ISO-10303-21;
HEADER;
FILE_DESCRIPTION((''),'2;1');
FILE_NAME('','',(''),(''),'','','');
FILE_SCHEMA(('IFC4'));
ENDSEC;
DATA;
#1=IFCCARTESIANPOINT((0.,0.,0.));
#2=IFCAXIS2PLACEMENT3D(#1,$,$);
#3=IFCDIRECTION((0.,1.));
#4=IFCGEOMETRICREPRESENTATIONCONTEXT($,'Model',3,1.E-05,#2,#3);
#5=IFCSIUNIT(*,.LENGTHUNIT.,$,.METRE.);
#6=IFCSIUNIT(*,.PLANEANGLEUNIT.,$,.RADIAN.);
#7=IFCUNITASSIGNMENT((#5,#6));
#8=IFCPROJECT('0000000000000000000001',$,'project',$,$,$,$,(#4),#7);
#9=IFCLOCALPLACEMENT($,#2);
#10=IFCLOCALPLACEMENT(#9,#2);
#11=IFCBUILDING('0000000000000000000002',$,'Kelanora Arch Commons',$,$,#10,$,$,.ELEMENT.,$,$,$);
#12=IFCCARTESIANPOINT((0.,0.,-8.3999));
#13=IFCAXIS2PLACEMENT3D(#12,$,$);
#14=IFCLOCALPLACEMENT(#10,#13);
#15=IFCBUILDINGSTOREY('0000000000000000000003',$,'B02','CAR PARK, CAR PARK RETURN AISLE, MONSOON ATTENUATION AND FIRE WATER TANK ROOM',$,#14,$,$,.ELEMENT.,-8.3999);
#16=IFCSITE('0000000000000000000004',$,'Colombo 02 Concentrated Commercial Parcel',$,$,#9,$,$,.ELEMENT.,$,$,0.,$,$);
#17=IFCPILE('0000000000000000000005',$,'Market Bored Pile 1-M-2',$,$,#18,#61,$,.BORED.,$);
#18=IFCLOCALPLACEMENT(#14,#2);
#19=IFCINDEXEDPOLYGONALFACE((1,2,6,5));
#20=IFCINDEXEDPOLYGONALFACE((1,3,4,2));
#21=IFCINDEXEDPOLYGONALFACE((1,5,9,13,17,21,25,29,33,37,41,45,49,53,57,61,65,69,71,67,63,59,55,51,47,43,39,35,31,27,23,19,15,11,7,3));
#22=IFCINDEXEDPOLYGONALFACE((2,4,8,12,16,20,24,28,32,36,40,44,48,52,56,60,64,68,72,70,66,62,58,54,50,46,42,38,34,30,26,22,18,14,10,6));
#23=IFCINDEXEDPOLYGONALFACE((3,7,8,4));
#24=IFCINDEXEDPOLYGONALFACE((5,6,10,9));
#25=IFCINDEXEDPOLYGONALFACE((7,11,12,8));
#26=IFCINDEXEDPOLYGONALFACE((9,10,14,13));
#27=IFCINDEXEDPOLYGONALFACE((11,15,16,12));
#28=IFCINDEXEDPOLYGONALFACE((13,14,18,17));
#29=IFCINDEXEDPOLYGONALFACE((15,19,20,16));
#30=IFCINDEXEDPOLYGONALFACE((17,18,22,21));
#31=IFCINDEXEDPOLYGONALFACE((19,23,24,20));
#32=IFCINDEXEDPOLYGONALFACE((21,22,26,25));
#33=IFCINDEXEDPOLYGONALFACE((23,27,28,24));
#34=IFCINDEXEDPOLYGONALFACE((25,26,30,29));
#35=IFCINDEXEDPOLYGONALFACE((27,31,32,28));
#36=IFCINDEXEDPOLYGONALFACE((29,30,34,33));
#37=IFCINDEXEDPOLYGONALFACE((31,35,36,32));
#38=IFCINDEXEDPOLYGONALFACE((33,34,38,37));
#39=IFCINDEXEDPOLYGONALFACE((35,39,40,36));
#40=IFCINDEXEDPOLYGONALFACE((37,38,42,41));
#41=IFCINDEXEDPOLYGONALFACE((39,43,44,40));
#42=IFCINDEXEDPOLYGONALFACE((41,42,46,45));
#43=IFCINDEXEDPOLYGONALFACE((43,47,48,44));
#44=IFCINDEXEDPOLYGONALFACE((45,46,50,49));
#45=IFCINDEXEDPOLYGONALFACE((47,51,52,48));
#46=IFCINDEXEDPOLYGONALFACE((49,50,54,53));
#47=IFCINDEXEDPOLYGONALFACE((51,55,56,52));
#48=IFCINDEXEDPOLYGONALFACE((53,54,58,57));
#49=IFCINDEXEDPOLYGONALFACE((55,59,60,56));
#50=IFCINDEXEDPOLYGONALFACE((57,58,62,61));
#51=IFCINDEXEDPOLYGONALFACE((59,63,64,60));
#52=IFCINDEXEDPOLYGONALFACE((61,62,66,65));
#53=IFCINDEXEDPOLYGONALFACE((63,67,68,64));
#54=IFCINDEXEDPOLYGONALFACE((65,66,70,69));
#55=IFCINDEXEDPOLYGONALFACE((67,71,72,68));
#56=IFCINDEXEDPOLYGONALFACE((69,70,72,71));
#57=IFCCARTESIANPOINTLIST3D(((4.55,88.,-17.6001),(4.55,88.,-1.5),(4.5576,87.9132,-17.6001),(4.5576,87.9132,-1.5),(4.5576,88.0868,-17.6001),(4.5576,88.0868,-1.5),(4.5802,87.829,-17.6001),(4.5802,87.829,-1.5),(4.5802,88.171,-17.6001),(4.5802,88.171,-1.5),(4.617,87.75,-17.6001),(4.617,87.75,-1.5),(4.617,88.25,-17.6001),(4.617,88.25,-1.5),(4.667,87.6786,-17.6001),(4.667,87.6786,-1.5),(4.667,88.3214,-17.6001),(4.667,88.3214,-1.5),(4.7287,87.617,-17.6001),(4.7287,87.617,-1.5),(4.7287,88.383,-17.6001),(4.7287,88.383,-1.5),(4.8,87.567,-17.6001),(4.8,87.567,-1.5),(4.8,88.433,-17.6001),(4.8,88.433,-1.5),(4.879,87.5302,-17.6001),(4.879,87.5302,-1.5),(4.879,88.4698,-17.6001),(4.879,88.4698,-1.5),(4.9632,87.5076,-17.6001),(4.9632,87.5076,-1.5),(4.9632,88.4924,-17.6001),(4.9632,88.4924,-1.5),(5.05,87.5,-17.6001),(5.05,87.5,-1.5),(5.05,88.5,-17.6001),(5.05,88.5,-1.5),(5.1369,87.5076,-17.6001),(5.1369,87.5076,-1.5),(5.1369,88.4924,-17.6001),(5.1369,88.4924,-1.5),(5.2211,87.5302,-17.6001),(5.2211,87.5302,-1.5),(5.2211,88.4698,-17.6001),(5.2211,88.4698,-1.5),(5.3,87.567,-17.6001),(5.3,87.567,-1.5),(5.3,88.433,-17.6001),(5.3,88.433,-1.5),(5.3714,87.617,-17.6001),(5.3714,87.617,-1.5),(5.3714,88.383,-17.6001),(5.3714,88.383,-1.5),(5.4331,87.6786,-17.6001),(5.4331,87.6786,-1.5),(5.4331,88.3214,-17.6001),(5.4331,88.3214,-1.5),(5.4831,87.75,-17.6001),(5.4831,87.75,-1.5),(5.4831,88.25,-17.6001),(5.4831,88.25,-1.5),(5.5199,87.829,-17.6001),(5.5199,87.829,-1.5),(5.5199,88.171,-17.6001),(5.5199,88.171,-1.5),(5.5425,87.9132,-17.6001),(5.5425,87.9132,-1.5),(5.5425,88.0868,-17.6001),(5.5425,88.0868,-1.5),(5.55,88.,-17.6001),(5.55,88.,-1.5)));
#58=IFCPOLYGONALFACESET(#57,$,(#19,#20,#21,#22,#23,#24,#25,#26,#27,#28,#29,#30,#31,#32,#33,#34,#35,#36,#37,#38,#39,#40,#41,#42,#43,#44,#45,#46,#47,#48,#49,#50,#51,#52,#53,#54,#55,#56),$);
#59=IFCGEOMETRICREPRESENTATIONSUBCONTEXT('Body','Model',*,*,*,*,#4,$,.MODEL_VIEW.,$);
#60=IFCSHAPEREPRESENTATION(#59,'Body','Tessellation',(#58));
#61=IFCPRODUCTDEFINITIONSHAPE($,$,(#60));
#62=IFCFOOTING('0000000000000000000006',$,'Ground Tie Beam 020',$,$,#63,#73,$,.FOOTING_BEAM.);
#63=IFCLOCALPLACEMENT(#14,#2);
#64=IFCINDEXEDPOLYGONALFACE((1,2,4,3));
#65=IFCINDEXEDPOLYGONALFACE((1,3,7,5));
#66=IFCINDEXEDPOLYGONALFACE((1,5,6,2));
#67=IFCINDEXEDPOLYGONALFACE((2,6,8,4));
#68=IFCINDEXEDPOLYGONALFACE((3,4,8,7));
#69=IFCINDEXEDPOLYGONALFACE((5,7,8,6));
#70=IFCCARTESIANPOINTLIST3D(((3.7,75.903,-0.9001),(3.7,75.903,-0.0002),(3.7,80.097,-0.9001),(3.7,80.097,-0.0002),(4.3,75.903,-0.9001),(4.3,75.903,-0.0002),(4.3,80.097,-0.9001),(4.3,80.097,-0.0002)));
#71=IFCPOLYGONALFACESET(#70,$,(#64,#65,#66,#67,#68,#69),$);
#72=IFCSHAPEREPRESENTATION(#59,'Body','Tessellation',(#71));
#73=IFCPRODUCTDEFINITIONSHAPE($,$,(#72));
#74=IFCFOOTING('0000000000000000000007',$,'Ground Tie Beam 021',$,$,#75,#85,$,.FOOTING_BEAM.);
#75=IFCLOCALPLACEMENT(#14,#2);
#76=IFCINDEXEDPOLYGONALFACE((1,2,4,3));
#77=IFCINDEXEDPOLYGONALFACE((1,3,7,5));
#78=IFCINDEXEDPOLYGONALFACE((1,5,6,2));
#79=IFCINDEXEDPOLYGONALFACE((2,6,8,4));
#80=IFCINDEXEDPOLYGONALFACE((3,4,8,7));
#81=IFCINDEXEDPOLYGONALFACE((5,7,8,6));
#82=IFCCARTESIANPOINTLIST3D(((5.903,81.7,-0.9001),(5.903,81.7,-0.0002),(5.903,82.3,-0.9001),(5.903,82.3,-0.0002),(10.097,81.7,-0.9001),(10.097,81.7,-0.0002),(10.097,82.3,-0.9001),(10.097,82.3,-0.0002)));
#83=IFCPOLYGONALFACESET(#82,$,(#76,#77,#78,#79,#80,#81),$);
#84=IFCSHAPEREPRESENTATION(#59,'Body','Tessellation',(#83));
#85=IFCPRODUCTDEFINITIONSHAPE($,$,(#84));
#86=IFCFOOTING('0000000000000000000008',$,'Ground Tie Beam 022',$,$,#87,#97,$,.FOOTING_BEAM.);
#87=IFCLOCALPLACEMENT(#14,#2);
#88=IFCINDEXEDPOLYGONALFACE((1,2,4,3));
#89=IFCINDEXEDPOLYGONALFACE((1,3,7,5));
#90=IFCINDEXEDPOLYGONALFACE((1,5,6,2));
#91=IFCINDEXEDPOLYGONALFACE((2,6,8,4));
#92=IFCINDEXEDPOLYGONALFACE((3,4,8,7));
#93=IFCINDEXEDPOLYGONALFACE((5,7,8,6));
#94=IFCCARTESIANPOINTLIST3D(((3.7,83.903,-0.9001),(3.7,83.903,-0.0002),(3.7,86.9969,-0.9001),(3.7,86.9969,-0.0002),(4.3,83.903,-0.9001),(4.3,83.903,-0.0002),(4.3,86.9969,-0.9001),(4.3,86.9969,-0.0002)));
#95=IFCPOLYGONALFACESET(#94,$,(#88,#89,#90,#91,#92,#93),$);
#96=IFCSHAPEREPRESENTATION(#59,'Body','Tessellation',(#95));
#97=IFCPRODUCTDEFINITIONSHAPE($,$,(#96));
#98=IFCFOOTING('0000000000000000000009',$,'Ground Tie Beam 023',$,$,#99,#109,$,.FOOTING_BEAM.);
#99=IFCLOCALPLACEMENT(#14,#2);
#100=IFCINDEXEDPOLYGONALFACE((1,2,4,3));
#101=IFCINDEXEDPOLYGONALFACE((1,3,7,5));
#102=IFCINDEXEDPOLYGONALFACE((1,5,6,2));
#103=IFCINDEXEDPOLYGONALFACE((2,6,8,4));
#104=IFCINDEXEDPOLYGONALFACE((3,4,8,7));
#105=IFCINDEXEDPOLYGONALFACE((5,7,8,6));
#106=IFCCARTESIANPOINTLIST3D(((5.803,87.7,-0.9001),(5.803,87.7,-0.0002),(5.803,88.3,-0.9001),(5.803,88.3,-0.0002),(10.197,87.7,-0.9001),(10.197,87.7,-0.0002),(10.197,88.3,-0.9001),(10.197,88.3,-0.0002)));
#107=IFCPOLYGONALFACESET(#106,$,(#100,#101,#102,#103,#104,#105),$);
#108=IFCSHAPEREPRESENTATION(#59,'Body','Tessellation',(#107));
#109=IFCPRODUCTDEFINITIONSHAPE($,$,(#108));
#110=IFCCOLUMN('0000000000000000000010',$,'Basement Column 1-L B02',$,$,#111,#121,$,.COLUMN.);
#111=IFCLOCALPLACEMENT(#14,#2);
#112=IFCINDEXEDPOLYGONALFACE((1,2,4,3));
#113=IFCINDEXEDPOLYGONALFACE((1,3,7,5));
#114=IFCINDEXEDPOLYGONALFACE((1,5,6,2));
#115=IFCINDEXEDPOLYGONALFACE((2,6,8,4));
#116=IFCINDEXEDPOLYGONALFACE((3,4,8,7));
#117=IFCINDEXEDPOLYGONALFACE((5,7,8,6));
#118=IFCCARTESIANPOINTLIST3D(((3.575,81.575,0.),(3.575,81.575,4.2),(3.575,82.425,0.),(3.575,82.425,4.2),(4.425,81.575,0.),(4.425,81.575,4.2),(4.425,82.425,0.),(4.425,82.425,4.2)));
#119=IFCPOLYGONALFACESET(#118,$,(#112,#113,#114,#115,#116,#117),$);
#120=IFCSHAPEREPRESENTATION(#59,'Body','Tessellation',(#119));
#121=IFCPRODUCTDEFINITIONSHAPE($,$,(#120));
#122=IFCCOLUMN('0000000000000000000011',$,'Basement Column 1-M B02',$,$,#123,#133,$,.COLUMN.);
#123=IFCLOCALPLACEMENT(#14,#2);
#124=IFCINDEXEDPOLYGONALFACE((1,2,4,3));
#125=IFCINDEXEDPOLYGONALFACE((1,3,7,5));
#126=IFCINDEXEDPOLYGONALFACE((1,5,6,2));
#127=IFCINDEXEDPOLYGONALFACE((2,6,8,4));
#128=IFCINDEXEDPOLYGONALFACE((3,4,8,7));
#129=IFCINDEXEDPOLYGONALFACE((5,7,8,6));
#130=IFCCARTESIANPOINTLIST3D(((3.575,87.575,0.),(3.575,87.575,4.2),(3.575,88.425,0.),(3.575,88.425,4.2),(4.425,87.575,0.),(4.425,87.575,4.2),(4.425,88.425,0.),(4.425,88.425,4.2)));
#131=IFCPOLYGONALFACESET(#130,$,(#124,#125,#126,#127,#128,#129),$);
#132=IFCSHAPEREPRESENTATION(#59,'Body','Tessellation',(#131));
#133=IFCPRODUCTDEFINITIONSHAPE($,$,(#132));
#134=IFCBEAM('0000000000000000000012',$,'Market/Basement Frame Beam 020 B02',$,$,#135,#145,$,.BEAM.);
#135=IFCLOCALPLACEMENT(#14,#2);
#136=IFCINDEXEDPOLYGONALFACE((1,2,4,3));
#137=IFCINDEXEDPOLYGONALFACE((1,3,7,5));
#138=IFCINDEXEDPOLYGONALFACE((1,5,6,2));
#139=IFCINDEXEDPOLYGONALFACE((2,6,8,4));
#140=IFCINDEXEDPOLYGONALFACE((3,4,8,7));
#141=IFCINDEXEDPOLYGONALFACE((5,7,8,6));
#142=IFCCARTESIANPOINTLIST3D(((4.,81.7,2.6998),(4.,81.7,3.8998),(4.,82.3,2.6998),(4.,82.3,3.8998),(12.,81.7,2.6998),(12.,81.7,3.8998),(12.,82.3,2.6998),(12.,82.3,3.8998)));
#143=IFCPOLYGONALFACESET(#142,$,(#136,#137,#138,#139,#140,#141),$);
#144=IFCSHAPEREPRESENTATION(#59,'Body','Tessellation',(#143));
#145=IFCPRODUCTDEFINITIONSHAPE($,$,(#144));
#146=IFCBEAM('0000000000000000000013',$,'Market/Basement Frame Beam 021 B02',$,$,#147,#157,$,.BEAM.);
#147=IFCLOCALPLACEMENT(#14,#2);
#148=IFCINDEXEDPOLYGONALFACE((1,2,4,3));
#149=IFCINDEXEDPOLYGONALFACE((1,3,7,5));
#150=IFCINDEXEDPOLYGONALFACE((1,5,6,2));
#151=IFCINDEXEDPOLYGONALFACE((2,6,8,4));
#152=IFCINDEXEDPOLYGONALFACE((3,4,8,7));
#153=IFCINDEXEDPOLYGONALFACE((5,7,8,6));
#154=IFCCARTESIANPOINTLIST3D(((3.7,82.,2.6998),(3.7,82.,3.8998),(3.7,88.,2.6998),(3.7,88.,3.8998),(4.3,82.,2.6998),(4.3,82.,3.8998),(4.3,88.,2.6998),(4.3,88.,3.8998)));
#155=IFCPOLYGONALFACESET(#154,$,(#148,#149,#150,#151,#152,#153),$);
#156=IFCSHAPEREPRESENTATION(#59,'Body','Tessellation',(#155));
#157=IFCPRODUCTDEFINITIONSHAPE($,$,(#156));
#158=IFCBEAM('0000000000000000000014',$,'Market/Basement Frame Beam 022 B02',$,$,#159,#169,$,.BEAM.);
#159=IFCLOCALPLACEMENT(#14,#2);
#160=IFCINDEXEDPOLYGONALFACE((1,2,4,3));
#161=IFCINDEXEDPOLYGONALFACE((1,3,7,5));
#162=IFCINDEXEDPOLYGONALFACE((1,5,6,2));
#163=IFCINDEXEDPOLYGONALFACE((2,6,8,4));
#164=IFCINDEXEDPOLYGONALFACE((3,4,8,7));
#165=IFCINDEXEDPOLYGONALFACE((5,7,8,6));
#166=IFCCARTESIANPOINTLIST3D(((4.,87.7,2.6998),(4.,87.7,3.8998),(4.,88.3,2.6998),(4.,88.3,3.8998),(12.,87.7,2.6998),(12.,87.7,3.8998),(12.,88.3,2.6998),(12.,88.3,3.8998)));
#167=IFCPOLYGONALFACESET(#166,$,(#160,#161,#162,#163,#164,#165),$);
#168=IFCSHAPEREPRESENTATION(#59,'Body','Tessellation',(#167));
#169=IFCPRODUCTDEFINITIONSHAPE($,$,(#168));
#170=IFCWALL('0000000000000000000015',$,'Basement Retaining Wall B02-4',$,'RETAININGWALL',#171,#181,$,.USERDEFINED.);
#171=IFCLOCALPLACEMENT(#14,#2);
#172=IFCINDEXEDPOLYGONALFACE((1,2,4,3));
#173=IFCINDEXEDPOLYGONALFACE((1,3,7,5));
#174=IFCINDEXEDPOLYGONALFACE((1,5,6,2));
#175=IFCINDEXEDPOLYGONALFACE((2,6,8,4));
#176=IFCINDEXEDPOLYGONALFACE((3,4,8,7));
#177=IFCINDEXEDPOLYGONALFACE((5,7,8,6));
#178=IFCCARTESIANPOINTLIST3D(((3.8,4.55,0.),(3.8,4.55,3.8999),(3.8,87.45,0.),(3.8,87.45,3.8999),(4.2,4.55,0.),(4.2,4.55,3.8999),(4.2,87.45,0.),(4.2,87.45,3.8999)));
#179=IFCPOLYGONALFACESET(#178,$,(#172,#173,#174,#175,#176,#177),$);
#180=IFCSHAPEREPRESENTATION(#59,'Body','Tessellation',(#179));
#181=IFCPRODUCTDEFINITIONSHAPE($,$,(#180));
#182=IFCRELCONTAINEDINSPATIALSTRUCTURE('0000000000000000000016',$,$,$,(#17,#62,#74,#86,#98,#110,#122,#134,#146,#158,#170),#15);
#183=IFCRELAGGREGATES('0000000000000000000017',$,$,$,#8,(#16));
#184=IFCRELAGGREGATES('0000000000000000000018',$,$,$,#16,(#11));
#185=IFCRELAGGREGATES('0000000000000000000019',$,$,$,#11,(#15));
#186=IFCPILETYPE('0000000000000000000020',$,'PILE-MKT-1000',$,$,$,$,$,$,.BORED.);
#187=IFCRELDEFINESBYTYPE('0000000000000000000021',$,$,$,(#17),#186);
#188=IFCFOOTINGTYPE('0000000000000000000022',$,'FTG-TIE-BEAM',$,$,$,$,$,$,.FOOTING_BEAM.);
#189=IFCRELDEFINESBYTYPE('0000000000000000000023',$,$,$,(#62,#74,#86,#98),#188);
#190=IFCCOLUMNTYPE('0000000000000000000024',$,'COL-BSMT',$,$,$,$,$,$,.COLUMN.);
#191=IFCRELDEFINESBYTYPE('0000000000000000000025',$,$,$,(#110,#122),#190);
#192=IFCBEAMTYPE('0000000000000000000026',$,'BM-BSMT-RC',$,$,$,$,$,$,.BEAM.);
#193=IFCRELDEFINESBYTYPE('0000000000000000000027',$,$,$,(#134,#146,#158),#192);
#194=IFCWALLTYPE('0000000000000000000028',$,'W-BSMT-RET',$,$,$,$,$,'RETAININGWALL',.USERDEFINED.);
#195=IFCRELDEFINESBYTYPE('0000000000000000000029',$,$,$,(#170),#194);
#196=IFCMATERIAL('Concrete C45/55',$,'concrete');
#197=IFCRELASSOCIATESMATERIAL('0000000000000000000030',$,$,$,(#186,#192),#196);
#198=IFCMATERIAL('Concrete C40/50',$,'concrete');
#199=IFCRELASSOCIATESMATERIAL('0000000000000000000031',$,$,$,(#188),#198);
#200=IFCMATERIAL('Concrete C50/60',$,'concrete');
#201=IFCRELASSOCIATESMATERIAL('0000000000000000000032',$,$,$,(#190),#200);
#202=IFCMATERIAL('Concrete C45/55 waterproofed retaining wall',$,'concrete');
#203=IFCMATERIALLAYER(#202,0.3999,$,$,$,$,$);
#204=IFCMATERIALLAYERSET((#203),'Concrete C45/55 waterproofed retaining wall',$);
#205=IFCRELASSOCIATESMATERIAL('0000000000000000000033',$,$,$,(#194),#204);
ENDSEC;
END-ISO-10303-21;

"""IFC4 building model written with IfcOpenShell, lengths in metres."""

from ifc_helpers import new_model, si_unit, direction, frame, frame_2d, origin, origin_2d, place, context, subcontext, project, spatial, rectangle, circle, extrude, source, transform, mapped, material, layer, layer_set, material_profile, profile_set, type_object, element, save


model = new_model("IFC4")

# Units and contexts
model_context = context("Model", 3, precision=1e-05, world=origin(), true_north=direction((0.0, 1.0)))
body_context = subcontext(model_context, "Body", "Model", "MODEL_VIEW")
ifc_project = project(units=[si_unit("LENGTHUNIT", "METRE"), si_unit("PLANEANGLEUNIT", "RADIAN")], contexts=[model_context])

# Site, building, storey
site_placement = place(None, origin())
site = spatial("IfcSite", under=ifc_project, at=site_placement, Name="Colombo 02 Concentrated Commercial Parcel", CompositionType="ELEMENT", RefElevation=0.0)
building_placement = place(site_placement, origin())
building = spatial("IfcBuilding", under=site, at=building_placement, Name="Kelanora Arch Commons", CompositionType="ELEMENT")
storey_placement = place(building_placement, frame((0.0, 0.0, -8.3999)))
storey = spatial("IfcBuildingStorey", under=building, at=storey_placement, Name="B02", Description="CAR PARK, CAR PARK RETURN AISLE, MONSOON ATTENUATION AND FIRE WATER TANK ROOM", CompositionType="ELEMENT", Elevation=-8.3999)

# Shared definitions
ifc_material_1 = material(Name="Concrete C40/50", Category="concrete")

# Shared definitions
ifc_material_2 = material(Name="Concrete C45/55", Category="concrete")
ifc_material_profile_1 = material_profile(ifc_material_2, circle(Radius=0.5, at=origin_2d()), Name="PILE1000")
ifc_profile_set_1 = profile_set([ifc_material_profile_1], Name="Concrete C45/55")
pile_type = type_object("IfcPileType", Name="PILE-MKT-1000", PredefinedType="BORED", material=ifc_profile_set_1)

# Pile
shared_shape_1 = source(origin(), body_context, "Body", "SweptSolid", [
    extrude(circle(Radius=0.5, at=origin_2d()), origin(), (0.0, 0.0, 1.0), 16.1001),
])
for number, where, z_axis, x_axis, name in (
    (1, (5.05, 88.0, -1.5), (0.0, 0.0, -1.0), (1.0, 0.0, 0.0), "Market Bored Pile 1-M-2"),
):
    element("IfcPile", number, at=place(storey_placement, frame(where, z_axis=z_axis, x_axis=x_axis)), inside=storey, type_object=pile_type, Name=name, PredefinedType="BORED", context=body_context, shape_type="MappedRepresentation", body=[
        mapped(shared_shape_1, transform((0.0, 0.0, 0.0), scale=1.0)),
    ])

# Footings
footing_type_1 = type_object("IfcFootingType", Name="FTG-TIE-BEAM", PredefinedType="FOOTING_BEAM", material=ifc_material_1)
shared_shape_2 = source(origin(), body_context, "Body", "SweptSolid", [
    extrude(rectangle(XDim=4.1941, YDim=0.6001, at=origin_2d()), origin(), (0.0, 0.0, 1.0), 0.8999),
])
for number, where, z_axis, x_axis, name in (
    (2, (4.0, 78.0, -0.9001), (0.0, 0.0, 1.0), (0.0, 1.0, 0.0), "Ground Tie Beam 020"),
    (3, (8.0, 82.0, -0.9001), (0.0, 0.0, 1.0), (1.0, 0.0, 0.0), "Ground Tie Beam 021"),
):
    element("IfcFooting", number, at=place(storey_placement, frame(where, z_axis=z_axis, x_axis=x_axis)), inside=storey, type_object=footing_type_1, Name=name, PredefinedType="FOOTING_BEAM", context=body_context, shape_type="MappedRepresentation", body=[
        mapped(shared_shape_2, transform((0.0, 0.0, 0.0), scale=1.0)),
    ])
shared_shape_3 = source(origin(), body_context, "Body", "SweptSolid", [
    extrude(rectangle(XDim=3.094, YDim=0.6001, at=origin_2d()), origin(), (0.0, 0.0, 1.0), 0.8999),
])
footing_1_placement = place(storey_placement, frame((4.0, 85.45, -0.9001), z_axis=(0.0, 0.0, 1.0), x_axis=(0.0, 1.0, 0.0)))
element("IfcFooting", 4, at=footing_1_placement, inside=storey, type_object=footing_type_1, Name="Ground Tie Beam 022", PredefinedType="FOOTING_BEAM", context=body_context, shape_type="MappedRepresentation", body=[
    mapped(shared_shape_3, transform((0.0, 0.0, 0.0), scale=1.0)),
])
shared_shape_4 = source(origin(), body_context, "Body", "SweptSolid", [
    extrude(rectangle(XDim=4.394, YDim=0.6001, at=origin_2d()), origin(), (0.0, 0.0, 1.0), 0.8999),
])
footing_2_placement = place(storey_placement, frame((8.0, 88.0, -0.9001), z_axis=(0.0, 0.0, 1.0), x_axis=(1.0, 0.0, 0.0)))
element("IfcFooting", 5, at=footing_2_placement, inside=storey, type_object=footing_type_1, Name="Ground Tie Beam 023", PredefinedType="FOOTING_BEAM", context=body_context, shape_type="MappedRepresentation", body=[
    mapped(shared_shape_4, transform((0.0, 0.0, 0.0), scale=1.0)),
])

# Columns
ifc_material_3 = material(Name="Concrete C50/60", Category="concrete")
ifc_material_profile_2 = material_profile(ifc_material_3, rectangle(XDim=0.8501, YDim=0.8501, at=origin_2d()), Name="RC850x850")
ifc_profile_set_2 = profile_set([ifc_material_profile_2], Name="Concrete C50/60")
column_type = type_object("IfcColumnType", Name="COL-BSMT", PredefinedType="COLUMN", material=ifc_profile_set_2)
for number, where, z_axis, x_axis, name in (
    (6, (4.0, 82.0, 0.0), (0.0, 0.0, 1.0), (1.0, 0.0, 0.0), "Basement Column 1-L B02"),
    (7, (4.0, 88.0, 0.0), (0.0, 0.0, 1.0), (1.0, 0.0, 0.0), "Basement Column 1-M B02"),
):
    element("IfcColumn", number, at=place(storey_placement, frame(where, z_axis=z_axis, x_axis=x_axis)), inside=storey, type_object=column_type, Name=name, PredefinedType="COLUMN", context=body_context, shape_type="SweptSolid", body=[
        extrude(rectangle(XDim=0.8501, YDim=0.8501, at=origin_2d()), origin(), (0.0, 0.0, 1.0), 4.2),
    ])

# Beams
ifc_material_profile_3 = material_profile(ifc_material_2, rectangle(XDim=0.6001, YDim=1.2, at=origin_2d()), Name="RCB600x1200")
ifc_profile_set_3 = profile_set([ifc_material_profile_3], Name="Concrete C45/55")
beam_type = type_object("IfcBeamType", Name="BM-BSMT-RC", PredefinedType="BEAM", material=ifc_profile_set_3)
beam_1_placement = place(storey_placement, frame((4.0, 82.0, 3.2998), z_axis=(1.0, 0.0, 0.0), x_axis=(0.0, 1.0, 0.0)))
element("IfcBeam", 8, at=beam_1_placement, inside=storey, type_object=beam_type, Name="Market/Basement Frame Beam 020 B02", PredefinedType="BEAM", context=body_context, shape_type="SweptSolid", body=[
    extrude(rectangle(XDim=0.6001, YDim=1.2, at=origin_2d()), origin(), (0.0, 0.0, 1.0), 8.0),
])
beam_2_placement = place(storey_placement, frame((4.0, 82.0, 3.2998), z_axis=(0.0, 1.0, 0.0), x_axis=(-1.0, 0.0, 0.0)))
element("IfcBeam", 9, at=beam_2_placement, inside=storey, type_object=beam_type, Name="Market/Basement Frame Beam 021 B02", PredefinedType="BEAM", context=body_context, shape_type="SweptSolid", body=[
    extrude(rectangle(XDim=0.6001, YDim=1.2, at=origin_2d()), origin(), (0.0, 0.0, 1.0), 6.0),
])
beam_3_placement = place(storey_placement, frame((4.0, 88.0, 3.2998), z_axis=(1.0, 0.0, 0.0), x_axis=(0.0, 1.0, 0.0)))
element("IfcBeam", 10, at=beam_3_placement, inside=storey, type_object=beam_type, Name="Market/Basement Frame Beam 022 B02", PredefinedType="BEAM", context=body_context, shape_type="SweptSolid", body=[
    extrude(rectangle(XDim=0.6001, YDim=1.2, at=origin_2d()), origin(), (0.0, 0.0, 1.0), 8.0),
])

# Wall
ifc_material_4 = material(Name="Concrete C45/55 waterproofed retaining wall", Category="concrete")
ifc_layer = layer(ifc_material_4, 0.3999)
ifc_layer_set = layer_set([ifc_layer], Name="Concrete C45/55 waterproofed retaining wall")
wall_type = type_object("IfcWallType", Name="W-BSMT-RET", ElementType="RETAININGWALL", PredefinedType="USERDEFINED", material=ifc_layer_set)
wall_placement = place(storey_placement, frame((4.0, 87.45, 0.0), z_axis=(0.0, 0.0, 1.0), x_axis=(0.0, -1.0, 0.0)))
element("IfcWall", 11, at=wall_placement, inside=storey, type_object=wall_type, Name="Basement Retaining Wall B02-4", ObjectType="RETAININGWALL", PredefinedType="USERDEFINED", context=body_context, shape_type="SweptSolid", body=[
    extrude(rectangle(XDim=82.8999, YDim=0.3999, at=frame_2d((41.45, 0.0))), origin(), (0.0, 0.0, 1.0), 3.8999),
])

save(model, "model.ifc")
